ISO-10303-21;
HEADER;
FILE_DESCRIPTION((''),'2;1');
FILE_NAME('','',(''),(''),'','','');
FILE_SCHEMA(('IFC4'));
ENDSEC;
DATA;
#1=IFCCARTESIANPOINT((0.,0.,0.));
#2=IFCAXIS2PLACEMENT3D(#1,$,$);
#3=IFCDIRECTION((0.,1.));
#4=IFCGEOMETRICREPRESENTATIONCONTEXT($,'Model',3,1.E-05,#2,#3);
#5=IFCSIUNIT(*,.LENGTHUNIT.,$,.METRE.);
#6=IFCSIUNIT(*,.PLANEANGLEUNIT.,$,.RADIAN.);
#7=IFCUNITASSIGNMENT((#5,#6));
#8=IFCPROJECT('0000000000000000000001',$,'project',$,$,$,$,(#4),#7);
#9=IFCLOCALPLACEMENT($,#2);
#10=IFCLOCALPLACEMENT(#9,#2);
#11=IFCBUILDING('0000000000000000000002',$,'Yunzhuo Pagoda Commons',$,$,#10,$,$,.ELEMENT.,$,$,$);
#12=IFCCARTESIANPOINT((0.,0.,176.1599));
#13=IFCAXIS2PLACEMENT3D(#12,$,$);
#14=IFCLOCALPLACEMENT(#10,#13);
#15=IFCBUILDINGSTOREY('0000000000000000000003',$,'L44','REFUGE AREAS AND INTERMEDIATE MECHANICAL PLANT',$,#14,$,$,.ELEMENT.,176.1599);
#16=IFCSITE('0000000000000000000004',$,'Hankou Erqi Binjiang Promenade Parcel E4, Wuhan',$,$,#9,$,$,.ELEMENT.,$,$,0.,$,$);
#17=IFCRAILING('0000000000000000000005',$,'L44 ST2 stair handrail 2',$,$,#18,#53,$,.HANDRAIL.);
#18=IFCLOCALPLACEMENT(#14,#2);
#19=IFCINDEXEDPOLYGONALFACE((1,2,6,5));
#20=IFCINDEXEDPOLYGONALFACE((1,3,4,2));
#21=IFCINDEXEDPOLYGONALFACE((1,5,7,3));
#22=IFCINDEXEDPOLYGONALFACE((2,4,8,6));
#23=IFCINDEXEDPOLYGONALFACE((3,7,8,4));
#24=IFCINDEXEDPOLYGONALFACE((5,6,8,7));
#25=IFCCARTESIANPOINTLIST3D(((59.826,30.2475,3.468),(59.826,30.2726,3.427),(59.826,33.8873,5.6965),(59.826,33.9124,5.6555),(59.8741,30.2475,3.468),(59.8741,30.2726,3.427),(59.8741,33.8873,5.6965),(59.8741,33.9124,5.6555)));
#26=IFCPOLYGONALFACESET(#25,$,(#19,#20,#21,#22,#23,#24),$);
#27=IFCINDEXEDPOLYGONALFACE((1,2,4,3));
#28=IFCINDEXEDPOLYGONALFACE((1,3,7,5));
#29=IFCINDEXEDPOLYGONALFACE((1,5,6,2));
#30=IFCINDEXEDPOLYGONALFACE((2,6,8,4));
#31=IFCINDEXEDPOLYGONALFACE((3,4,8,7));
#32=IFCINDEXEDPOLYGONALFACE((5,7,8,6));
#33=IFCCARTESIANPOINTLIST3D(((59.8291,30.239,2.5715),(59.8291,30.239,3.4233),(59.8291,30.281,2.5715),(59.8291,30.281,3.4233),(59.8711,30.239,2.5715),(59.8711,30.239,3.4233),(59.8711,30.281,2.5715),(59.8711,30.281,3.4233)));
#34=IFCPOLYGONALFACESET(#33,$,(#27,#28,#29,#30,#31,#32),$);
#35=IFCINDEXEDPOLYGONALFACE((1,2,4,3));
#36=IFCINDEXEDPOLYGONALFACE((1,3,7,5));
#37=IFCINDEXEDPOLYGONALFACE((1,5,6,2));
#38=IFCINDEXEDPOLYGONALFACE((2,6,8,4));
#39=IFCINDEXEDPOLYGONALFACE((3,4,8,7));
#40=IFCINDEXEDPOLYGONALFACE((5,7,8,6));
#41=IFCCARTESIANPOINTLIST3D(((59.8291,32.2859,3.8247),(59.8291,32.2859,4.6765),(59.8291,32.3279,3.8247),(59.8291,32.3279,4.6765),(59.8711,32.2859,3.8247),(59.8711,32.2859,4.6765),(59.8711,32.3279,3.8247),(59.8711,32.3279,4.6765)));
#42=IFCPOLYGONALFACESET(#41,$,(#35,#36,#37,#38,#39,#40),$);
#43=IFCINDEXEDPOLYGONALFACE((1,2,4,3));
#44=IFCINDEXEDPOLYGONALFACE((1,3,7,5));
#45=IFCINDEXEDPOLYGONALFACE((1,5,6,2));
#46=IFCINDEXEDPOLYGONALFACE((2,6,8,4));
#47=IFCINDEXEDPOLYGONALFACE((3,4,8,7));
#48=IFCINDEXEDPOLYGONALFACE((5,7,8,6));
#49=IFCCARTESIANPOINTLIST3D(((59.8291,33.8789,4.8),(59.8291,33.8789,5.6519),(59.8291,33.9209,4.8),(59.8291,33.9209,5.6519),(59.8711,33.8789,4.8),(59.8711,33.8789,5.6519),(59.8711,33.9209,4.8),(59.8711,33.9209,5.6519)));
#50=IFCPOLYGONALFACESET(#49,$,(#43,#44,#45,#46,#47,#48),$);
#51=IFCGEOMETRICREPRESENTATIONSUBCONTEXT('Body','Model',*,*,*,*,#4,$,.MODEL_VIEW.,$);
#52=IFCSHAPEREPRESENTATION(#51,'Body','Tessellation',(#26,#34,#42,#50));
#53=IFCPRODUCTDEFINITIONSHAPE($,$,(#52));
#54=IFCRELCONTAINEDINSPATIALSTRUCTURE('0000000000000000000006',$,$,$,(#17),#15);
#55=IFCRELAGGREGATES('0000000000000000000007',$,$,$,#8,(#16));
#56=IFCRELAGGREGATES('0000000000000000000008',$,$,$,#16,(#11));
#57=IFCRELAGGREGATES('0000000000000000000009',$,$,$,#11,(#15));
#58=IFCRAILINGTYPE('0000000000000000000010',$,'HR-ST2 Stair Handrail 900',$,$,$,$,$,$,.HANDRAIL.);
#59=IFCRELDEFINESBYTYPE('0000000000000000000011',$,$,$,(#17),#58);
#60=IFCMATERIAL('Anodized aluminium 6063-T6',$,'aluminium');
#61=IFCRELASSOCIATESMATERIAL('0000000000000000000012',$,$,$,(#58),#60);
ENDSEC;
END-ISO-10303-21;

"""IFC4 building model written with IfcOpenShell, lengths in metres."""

from ifc_helpers import new_model, si_unit, direction, frame, origin, origin_2d, place, context, subcontext, project, spatial, rectangle, extrude, material, type_object, element, save


model = new_model("IFC4")

# Units and contexts
model_context = context("Model", 3, precision=1e-05, world=origin(), true_north=direction((0.0, 1.0)))
body_context = subcontext(model_context, "Body", "Model", "MODEL_VIEW")
ifc_project = project(units=[si_unit("LENGTHUNIT", "METRE"), si_unit("PLANEANGLEUNIT", "RADIAN")], contexts=[model_context])

# Site, building, storey
site_placement = place(None, origin())
site = spatial("IfcSite", under=ifc_project, at=site_placement, Name="Hankou Erqi Binjiang Promenade Parcel E4, Wuhan", CompositionType="ELEMENT", RefElevation=0.0)
building_placement = place(site_placement, origin())
building = spatial("IfcBuilding", under=site, at=building_placement, Name="Yunzhuo Pagoda Commons", CompositionType="ELEMENT")
storey_placement = place(building_placement, frame((0.0, 0.0, 176.1599)))
storey = spatial("IfcBuildingStorey", under=building, at=storey_placement, Name="L44", Description="REFUGE AREAS AND INTERMEDIATE MECHANICAL PLANT", CompositionType="ELEMENT", Elevation=176.1599)

# Railing
ifc_material_1 = material(Name="Anodized aluminium 6063-T6", Category="aluminium")
railing_type_1 = type_object("IfcRailingType", Name="HR-ST2 Stair Handrail 900", PredefinedType="HANDRAIL", material=ifc_material_1)
railing_1_placement = place(storey_placement, frame((59.8501, 30.26, 2.5715)))
element("IfcRailing", 1, at=railing_1_placement, inside=storey, type_object=railing_type_1, Name="L44 ST2 stair handrail 2", PredefinedType="HANDRAIL", context=body_context, shape_type="SweptSolid", body=[
    extrude(rectangle(XDim=0.0481, YDim=0.0481, at=origin_2d()), frame((0.0, 0.0, 0.876), z_axis=(0.0, 0.85285, 0.522156), x_axis=(-1.0, 0.0, 0.0)), (0.0, 0.0, 1.0), 4.2678),
    extrude(rectangle(XDim=0.042, YDim=0.042, at=origin_2d()), origin(), (0.0, 0.0, 1.0), 0.8518),
    extrude(rectangle(XDim=0.042, YDim=0.042, at=origin_2d()), frame((0.0, 2.0469, 1.2532)), (0.0, 0.0, 1.0), 0.8518),
    extrude(rectangle(XDim=0.042, YDim=0.042, at=origin_2d()), frame((0.0, 3.6399, 2.2285)), (0.0, 0.0, 1.0), 0.8518),
])

save(model, "model.ifc")
